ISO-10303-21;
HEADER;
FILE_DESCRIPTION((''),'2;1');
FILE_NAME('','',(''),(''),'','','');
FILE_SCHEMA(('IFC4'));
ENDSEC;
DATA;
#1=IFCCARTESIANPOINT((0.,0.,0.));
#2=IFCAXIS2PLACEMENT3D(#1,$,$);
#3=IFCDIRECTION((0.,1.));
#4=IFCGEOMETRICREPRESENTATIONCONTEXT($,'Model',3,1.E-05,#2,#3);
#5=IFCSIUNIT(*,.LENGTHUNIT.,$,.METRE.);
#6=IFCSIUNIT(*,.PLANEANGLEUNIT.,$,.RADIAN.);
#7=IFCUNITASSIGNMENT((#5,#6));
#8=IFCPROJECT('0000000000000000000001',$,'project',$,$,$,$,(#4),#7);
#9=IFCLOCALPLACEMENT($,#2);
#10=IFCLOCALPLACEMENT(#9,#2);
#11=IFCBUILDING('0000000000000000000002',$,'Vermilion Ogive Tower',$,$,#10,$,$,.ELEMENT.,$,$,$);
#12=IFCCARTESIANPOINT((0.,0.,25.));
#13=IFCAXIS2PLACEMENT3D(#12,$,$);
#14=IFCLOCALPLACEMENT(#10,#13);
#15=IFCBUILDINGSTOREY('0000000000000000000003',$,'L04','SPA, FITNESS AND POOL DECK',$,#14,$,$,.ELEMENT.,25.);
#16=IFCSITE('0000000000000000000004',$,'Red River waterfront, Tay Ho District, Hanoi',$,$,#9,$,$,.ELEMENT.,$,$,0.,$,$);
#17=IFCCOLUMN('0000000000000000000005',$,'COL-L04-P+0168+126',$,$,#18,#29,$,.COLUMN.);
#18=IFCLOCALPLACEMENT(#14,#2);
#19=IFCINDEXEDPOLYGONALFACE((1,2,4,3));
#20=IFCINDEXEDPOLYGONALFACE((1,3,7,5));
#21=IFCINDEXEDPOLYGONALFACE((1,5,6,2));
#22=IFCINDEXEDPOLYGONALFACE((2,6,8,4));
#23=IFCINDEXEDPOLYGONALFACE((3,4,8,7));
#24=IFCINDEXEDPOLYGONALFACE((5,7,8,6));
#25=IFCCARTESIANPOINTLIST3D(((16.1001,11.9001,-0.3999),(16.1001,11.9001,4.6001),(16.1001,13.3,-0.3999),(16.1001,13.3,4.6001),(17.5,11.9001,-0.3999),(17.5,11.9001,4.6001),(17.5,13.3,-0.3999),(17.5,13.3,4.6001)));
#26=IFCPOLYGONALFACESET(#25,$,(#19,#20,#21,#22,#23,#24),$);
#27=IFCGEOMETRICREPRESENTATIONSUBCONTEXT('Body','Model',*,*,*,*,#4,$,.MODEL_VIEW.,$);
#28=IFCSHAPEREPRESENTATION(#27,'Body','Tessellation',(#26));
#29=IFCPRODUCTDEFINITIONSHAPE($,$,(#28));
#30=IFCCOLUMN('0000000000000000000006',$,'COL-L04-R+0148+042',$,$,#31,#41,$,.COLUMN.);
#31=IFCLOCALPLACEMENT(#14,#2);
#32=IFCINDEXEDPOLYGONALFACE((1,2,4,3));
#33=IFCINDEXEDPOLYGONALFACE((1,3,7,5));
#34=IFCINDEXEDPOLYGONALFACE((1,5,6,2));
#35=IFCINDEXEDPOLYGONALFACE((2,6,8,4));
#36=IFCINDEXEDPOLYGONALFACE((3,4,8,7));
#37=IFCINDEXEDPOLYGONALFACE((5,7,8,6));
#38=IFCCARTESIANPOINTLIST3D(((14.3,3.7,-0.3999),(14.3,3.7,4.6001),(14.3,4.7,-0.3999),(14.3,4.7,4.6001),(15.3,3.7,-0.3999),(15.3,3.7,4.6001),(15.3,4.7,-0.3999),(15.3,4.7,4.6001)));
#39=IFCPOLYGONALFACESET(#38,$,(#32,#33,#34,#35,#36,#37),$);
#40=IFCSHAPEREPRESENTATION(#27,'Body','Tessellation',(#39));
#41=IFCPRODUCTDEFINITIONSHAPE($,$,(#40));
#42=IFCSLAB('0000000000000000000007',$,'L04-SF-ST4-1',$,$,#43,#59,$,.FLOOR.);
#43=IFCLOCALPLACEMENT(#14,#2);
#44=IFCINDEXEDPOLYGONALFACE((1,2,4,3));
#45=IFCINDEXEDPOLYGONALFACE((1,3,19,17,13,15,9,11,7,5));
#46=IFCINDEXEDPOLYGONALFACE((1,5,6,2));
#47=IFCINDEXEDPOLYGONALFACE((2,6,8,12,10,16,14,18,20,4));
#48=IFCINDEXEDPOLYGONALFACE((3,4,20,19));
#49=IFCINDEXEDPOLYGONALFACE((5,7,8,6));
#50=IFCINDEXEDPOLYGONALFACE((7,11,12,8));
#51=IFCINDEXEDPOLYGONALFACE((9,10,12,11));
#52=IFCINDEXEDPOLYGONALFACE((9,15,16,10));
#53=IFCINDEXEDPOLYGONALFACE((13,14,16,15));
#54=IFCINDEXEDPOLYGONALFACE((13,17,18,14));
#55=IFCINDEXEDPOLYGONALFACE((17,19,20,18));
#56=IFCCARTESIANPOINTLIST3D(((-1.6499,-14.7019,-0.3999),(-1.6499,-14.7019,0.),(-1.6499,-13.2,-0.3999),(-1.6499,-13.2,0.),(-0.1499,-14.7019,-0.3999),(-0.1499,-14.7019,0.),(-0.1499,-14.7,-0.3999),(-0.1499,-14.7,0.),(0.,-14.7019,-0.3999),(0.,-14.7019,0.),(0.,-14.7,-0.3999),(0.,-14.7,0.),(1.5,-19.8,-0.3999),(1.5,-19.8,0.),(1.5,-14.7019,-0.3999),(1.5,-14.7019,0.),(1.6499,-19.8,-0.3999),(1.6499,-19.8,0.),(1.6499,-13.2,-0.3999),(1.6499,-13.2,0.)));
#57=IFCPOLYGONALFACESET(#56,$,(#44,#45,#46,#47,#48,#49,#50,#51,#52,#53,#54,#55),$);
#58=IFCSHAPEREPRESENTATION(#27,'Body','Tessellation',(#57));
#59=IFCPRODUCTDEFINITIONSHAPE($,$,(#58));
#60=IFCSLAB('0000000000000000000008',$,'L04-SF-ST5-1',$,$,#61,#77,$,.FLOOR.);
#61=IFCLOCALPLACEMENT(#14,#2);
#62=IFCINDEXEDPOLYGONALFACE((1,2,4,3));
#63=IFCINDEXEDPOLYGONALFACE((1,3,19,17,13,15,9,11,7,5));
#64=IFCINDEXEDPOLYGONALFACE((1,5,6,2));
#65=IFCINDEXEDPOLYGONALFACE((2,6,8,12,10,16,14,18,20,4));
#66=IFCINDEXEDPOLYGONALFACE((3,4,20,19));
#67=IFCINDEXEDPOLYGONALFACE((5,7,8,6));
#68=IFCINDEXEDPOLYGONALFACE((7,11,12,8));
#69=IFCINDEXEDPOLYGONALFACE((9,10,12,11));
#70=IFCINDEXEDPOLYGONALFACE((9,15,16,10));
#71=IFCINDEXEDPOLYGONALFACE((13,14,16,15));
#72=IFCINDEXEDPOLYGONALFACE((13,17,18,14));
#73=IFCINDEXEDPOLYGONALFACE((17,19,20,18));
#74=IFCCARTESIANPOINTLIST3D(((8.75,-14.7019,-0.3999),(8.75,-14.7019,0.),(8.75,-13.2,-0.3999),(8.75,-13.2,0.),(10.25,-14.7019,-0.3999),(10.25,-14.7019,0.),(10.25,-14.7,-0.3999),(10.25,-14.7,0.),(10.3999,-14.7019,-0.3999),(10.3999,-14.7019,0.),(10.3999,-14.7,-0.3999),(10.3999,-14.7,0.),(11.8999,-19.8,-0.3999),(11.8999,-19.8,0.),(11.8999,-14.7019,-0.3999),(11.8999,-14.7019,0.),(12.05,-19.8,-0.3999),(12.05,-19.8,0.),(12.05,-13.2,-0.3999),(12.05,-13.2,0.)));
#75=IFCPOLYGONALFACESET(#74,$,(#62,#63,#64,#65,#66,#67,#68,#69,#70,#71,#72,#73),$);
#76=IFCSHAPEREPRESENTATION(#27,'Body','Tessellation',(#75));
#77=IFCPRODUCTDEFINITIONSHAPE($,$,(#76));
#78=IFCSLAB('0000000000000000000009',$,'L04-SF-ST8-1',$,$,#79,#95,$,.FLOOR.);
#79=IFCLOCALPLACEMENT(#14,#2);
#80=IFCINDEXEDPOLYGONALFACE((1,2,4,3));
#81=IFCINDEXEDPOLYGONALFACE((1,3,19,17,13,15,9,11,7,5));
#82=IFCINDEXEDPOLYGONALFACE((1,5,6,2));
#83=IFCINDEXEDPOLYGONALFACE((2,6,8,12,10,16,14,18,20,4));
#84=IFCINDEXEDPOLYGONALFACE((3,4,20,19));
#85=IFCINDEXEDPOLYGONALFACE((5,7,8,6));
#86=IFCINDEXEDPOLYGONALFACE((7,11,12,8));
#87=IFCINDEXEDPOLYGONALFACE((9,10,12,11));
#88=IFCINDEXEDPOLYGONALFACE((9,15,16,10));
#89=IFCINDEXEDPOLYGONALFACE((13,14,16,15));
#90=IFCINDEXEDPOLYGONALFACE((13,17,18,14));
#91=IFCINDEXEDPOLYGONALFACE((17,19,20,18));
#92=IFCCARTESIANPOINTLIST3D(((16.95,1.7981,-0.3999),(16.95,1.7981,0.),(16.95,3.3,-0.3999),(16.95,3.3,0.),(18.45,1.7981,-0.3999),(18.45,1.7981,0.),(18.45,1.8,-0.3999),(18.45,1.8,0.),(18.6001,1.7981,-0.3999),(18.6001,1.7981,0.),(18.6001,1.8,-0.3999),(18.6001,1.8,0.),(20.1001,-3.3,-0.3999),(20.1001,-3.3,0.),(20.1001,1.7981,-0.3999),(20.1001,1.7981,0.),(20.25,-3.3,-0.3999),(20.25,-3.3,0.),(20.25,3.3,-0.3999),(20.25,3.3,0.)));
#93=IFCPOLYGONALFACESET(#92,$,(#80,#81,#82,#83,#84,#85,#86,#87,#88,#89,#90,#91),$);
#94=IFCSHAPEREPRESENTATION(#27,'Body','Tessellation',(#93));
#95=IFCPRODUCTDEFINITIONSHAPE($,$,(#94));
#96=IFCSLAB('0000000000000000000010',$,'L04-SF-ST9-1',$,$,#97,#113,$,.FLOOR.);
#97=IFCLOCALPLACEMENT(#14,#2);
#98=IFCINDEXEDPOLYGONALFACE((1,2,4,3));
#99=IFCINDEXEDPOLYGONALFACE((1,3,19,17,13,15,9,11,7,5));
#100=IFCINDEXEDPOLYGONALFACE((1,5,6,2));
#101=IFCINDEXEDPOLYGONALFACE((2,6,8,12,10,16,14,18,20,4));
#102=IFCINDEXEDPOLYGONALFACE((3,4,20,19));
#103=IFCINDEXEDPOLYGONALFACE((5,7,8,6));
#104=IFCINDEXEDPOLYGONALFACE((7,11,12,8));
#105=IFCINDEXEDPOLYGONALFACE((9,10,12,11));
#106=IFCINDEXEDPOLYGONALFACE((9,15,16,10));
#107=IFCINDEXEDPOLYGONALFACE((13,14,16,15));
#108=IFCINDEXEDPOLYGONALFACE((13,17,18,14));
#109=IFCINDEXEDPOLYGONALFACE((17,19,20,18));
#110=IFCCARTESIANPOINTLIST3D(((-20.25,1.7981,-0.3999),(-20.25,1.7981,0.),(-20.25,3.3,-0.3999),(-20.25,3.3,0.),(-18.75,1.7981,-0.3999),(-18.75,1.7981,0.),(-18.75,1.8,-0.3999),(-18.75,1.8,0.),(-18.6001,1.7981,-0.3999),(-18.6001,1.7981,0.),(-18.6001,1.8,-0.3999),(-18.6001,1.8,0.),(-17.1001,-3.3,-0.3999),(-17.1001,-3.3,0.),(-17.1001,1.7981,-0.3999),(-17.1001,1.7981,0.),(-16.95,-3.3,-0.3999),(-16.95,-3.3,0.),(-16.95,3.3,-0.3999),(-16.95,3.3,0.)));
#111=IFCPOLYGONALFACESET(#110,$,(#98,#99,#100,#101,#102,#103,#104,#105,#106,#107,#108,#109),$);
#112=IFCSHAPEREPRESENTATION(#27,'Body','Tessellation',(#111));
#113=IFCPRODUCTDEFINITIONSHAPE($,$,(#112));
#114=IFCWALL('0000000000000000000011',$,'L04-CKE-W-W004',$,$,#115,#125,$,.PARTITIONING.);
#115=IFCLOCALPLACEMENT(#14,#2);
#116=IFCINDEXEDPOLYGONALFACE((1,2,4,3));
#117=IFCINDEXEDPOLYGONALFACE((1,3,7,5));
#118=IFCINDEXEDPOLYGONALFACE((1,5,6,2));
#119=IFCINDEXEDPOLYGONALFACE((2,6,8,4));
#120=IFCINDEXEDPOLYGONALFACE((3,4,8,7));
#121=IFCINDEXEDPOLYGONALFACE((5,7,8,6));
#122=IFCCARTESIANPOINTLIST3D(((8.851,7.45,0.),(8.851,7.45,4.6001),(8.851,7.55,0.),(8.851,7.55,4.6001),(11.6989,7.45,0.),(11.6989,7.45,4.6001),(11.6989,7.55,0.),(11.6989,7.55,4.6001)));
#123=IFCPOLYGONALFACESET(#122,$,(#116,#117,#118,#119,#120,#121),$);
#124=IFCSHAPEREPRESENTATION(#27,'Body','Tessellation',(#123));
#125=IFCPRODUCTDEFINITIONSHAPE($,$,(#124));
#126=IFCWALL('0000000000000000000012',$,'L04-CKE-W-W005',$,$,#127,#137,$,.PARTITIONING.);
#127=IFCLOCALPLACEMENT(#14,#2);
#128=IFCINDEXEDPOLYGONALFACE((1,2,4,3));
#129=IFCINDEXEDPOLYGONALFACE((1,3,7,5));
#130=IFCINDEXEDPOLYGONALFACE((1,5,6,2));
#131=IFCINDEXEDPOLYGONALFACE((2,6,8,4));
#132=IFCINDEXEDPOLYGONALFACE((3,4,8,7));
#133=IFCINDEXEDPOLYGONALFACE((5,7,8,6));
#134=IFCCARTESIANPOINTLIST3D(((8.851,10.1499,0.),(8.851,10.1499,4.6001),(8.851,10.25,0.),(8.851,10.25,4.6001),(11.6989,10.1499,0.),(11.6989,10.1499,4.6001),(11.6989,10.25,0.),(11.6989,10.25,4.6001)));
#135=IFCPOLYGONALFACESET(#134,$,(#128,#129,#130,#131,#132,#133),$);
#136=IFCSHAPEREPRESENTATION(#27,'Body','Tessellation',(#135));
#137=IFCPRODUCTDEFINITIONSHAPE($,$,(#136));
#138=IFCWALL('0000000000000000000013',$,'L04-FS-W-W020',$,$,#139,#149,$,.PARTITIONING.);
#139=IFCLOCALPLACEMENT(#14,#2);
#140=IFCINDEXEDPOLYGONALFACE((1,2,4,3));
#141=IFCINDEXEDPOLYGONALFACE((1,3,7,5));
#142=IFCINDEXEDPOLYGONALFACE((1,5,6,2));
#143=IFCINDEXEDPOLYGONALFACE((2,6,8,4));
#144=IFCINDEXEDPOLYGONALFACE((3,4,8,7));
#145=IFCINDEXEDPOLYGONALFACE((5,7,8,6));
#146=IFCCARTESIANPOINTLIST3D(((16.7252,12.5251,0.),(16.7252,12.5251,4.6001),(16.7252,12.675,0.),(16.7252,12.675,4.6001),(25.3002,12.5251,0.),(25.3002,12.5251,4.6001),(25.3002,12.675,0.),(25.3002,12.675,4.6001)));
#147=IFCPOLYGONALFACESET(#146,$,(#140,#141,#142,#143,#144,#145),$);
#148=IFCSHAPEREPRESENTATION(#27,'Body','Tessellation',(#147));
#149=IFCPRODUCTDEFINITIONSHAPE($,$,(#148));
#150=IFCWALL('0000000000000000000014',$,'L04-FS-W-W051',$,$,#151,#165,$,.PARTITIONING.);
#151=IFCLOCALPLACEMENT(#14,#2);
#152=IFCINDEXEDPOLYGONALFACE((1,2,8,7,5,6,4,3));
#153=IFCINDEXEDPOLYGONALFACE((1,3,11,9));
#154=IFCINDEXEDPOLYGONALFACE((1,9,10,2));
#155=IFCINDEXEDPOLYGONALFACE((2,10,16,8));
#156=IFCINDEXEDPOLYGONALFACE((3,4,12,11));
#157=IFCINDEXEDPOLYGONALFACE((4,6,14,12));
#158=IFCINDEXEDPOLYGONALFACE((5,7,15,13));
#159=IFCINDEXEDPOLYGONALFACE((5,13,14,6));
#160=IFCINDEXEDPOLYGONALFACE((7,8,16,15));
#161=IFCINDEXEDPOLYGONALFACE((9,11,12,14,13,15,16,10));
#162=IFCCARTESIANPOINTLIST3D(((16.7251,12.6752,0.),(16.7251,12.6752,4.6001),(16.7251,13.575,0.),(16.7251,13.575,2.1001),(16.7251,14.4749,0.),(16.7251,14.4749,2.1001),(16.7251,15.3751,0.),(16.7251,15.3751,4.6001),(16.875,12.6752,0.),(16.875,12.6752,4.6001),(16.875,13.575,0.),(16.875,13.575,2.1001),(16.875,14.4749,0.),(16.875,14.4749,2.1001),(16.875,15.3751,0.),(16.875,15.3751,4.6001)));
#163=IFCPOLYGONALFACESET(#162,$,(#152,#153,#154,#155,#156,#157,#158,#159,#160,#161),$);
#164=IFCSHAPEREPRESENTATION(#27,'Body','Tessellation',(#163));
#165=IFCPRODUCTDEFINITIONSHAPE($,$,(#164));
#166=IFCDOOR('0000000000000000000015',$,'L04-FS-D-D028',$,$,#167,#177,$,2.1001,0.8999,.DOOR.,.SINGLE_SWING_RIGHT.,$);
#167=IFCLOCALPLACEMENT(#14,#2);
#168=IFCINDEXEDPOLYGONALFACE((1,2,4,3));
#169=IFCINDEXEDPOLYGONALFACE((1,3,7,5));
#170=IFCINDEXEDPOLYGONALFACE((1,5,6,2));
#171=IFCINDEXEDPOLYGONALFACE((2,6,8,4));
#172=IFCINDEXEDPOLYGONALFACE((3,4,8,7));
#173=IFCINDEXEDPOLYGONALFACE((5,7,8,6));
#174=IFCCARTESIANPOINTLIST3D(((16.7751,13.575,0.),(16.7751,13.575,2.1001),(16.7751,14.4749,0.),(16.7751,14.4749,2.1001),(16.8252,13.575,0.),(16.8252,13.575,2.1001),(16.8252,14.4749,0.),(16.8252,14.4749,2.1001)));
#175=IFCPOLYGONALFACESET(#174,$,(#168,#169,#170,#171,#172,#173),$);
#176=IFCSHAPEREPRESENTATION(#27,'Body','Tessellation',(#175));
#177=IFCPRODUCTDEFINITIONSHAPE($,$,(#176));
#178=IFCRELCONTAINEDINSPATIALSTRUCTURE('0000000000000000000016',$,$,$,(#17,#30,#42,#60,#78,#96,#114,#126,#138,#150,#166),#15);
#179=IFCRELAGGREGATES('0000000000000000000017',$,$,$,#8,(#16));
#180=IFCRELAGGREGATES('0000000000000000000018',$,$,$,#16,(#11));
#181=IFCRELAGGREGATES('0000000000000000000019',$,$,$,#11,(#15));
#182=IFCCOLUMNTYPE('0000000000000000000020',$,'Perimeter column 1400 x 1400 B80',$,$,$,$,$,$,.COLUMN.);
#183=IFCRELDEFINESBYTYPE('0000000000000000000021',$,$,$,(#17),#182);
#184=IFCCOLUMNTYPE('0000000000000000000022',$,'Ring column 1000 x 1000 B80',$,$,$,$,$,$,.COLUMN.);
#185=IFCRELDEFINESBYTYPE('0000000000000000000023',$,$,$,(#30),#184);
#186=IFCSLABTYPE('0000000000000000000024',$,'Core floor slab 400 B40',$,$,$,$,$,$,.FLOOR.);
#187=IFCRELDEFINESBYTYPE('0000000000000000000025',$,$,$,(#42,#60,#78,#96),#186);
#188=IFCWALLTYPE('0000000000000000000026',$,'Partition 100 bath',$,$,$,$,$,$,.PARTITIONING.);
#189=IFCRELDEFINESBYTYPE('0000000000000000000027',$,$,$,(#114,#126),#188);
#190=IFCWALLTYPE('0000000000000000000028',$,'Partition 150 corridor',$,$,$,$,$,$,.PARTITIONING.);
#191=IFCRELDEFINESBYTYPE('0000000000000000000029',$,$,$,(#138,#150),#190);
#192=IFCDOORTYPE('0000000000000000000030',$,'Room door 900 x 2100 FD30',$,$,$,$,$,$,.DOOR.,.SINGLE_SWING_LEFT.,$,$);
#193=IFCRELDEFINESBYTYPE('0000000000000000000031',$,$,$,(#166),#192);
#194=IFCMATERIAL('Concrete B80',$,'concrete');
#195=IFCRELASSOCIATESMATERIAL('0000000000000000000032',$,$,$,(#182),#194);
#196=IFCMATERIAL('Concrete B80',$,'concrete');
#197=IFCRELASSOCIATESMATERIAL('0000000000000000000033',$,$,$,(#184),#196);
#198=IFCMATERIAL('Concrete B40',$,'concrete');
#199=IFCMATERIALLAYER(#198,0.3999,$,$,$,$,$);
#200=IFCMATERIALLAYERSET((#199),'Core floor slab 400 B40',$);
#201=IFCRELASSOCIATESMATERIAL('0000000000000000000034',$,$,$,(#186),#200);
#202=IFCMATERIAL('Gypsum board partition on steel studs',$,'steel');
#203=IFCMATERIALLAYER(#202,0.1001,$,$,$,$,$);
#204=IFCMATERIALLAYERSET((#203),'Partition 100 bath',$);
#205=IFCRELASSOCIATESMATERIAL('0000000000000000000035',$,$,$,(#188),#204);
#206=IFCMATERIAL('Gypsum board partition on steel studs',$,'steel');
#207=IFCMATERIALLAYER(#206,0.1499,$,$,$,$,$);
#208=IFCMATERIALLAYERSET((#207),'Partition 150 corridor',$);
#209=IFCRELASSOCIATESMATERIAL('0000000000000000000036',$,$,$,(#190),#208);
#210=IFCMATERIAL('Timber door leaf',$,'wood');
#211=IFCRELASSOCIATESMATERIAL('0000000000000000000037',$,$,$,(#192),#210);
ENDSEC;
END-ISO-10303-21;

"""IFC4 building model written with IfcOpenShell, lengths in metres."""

from ifc_helpers import new_model, si_unit, direction, frame, frame_2d, origin, origin_2d, place, context, subcontext, project, spatial, polyline, rectangle, outline, extrude, material, layer, layer_set, material_profile, profile_set, type_object, element, fill, save


model = new_model("IFC4")

# Units and contexts
model_context = context("Model", 3, precision=1e-05, world=origin(), true_north=direction((0.0, 1.0)))
body_context = subcontext(model_context, "Body", "Model", "MODEL_VIEW")
ifc_project = project(units=[si_unit("LENGTHUNIT", "METRE"), si_unit("PLANEANGLEUNIT", "RADIAN")], contexts=[model_context])

# Site, building, storey
site_placement = place(None, origin())
site = spatial("IfcSite", under=ifc_project, at=site_placement, Name="Red River waterfront, Tay Ho District, Hanoi", CompositionType="ELEMENT", RefElevation=0.0)
building_placement = place(site_placement, origin())
building = spatial("IfcBuilding", under=site, at=building_placement, Name="Vermilion Ogive Tower", CompositionType="ELEMENT")
storey_placement = place(building_placement, frame((0.0, 0.0, 25.0)))
storey = spatial("IfcBuildingStorey", under=building, at=storey_placement, Name="L04", Description="SPA, FITNESS AND POOL DECK", CompositionType="ELEMENT", Elevation=25.0)

# Columns
ifc_material_1 = material(Name="Concrete B80", Category="concrete")
ifc_material_profile_1 = material_profile(ifc_material_1, rectangle(XDim=1.3999, YDim=1.3999, at=origin_2d()), Name="1400 x 1400")
ifc_profile_set_1 = profile_set([ifc_material_profile_1], Name="Concrete B80")
column_type_1 = type_object("IfcColumnType", Name="Perimeter column 1400 x 1400 B80", PredefinedType="COLUMN", material=ifc_profile_set_1)
column_1_placement = place(storey_placement, frame((16.8, 12.6001, -0.3999), z_axis=(0.0, 0.0, 1.0), x_axis=(1.0, 0.0, 0.0)))
element("IfcColumn", 1, at=column_1_placement, inside=storey, type_object=column_type_1, Name="COL-L04-P+0168+126", PredefinedType="COLUMN", context=body_context, shape_type="SweptSolid", body=[
    extrude(rectangle(XDim=1.3999, YDim=1.3999, at=origin_2d()), origin(), (0.0, 0.0, 1.0), 5.0),
])
ifc_material_2 = material(Name="Concrete B80", Category="concrete")
ifc_material_profile_2 = material_profile(ifc_material_2, rectangle(XDim=1.0, YDim=1.0, at=origin_2d()), Name="1000 x 1000")
ifc_profile_set_2 = profile_set([ifc_material_profile_2], Name="Concrete B80")
column_type_2 = type_object("IfcColumnType", Name="Ring column 1000 x 1000 B80", PredefinedType="COLUMN", material=ifc_profile_set_2)
column_2_placement = place(storey_placement, frame((14.8, 4.2, -0.3999), z_axis=(0.0, 0.0, 1.0), x_axis=(1.0, 0.0, 0.0)))
element("IfcColumn", 2, at=column_2_placement, inside=storey, type_object=column_type_2, Name="COL-L04-R+0148+042", PredefinedType="COLUMN", context=body_context, shape_type="SweptSolid", body=[
    extrude(rectangle(XDim=1.0, YDim=1.0, at=origin_2d()), origin(), (0.0, 0.0, 1.0), 5.0),
])

# Slabs
ifc_material_3 = material(Name="Concrete B40", Category="concrete")
ifc_layer_1 = layer(ifc_material_3, 0.3999)
ifc_layer_set_1 = layer_set([ifc_layer_1], Name="Core floor slab 400 B40")
slab_type = type_object("IfcSlabType", Name="Core floor slab 400 B40", PredefinedType="FLOOR", material=ifc_layer_set_1)
slab_1_placement = place(storey_placement, frame((0.0, 0.0, -0.3999)))
element("IfcSlab", 3, at=slab_1_placement, inside=storey, type_object=slab_type, Name="L04-SF-ST4-1", PredefinedType="FLOOR", context=body_context, shape_type="SweptSolid", body=[
    extrude(outline(polyline([(-1.6499, -13.2), (-1.6499, -14.7019), (-0.1499, -14.7019), (-0.1499, -14.7), (0.0, -14.7), (0.0, -14.7019), (1.5, -14.7019), (1.5, -19.8), (1.6499, -19.8), (1.6499, -13.2), (-1.6499, -13.2)])), origin(), (0.0, 0.0, 1.0), 0.3999),
])
slab_2_placement = place(storey_placement, frame((0.0, 0.0, -0.3999)))
element("IfcSlab", 4, at=slab_2_placement, inside=storey, type_object=slab_type, Name="L04-SF-ST5-1", PredefinedType="FLOOR", context=body_context, shape_type="SweptSolid", body=[
    extrude(outline(polyline([(8.75, -13.2), (8.75, -14.7019), (10.25, -14.7019), (10.25, -14.7), (10.3999, -14.7), (10.3999, -14.7019), (11.8999, -14.7019), (11.8999, -19.8), (12.05, -19.8), (12.05, -13.2), (8.75, -13.2)])), origin(), (0.0, 0.0, 1.0), 0.3999),
])
slab_3_placement = place(storey_placement, frame((0.0, 0.0, -0.3999)))
element("IfcSlab", 5, at=slab_3_placement, inside=storey, type_object=slab_type, Name="L04-SF-ST8-1", PredefinedType="FLOOR", context=body_context, shape_type="SweptSolid", body=[
    extrude(outline(polyline([(16.95, 3.3), (16.95, 1.7981), (18.45, 1.7981), (18.45, 1.8), (18.6001, 1.8), (18.6001, 1.7981), (20.1001, 1.7981), (20.1001, -3.3), (20.25, -3.3), (20.25, 3.3), (16.95, 3.3)])), origin(), (0.0, 0.0, 1.0), 0.3999),
])
slab_4_placement = place(storey_placement, frame((0.0, 0.0, -0.3999)))
element("IfcSlab", 6, at=slab_4_placement, inside=storey, type_object=slab_type, Name="L04-SF-ST9-1", PredefinedType="FLOOR", context=body_context, shape_type="SweptSolid", body=[
    extrude(outline(polyline([(-20.25, 3.3), (-20.25, 1.7981), (-18.75, 1.7981), (-18.75, 1.8), (-18.6001, 1.8), (-18.6001, 1.7981), (-17.1001, 1.7981), (-17.1001, -3.3), (-16.95, -3.3), (-16.95, 3.3), (-20.25, 3.3)])), origin(), (0.0, 0.0, 1.0), 0.3999),
])

# Walls
ifc_material_4 = material(Name="Gypsum board partition on steel studs", Category="steel")
ifc_layer_2 = layer(ifc_material_4, 0.1001)
ifc_layer_set_2 = layer_set([ifc_layer_2], Name="Partition 100 bath")
wall_type_1 = type_object("IfcWallType", Name="Partition 100 bath", PredefinedType="PARTITIONING", material=ifc_layer_set_2)
for number, where, z_axis, x_axis, name in (
    (7, (8.8511, 7.5, 0.0), (0.0, 0.0, 1.0), (1.0, 0.0, 0.0), "L04-CKE-W-W004"),
    (8, (8.8511, 10.2, 0.0), (0.0, 0.0, 1.0), (1.0, 0.0, 0.0), "L04-CKE-W-W005"),
):
    element("IfcWall", number, at=place(storey_placement, frame(where, z_axis=z_axis, x_axis=x_axis)), inside=storey, type_object=wall_type_1, Name=name, PredefinedType="PARTITIONING", context=body_context, shape_type="SweptSolid", body=[
        extrude(rectangle(XDim=2.8479, YDim=0.1001, at=frame_2d((1.4238, 0.0))), origin(), (0.0, 0.0, 1.0), 4.6001),
    ])
ifc_material_5 = material(Name="Gypsum board partition on steel studs", Category="steel")
ifc_layer_3 = layer(ifc_material_5, 0.1499)
ifc_layer_set_3 = layer_set([ifc_layer_3], Name="Partition 150 corridor")
wall_type_2 = type_object("IfcWallType", Name="Partition 150 corridor", PredefinedType="PARTITIONING", material=ifc_layer_set_3)
wall_1_placement = place(storey_placement, frame((16.7251, 12.6001, 0.0), z_axis=(0.0, 0.0, 1.0), x_axis=(1.0, 0.0, 0.0)))
element("IfcWall", 9, at=wall_1_placement, inside=storey, type_object=wall_type_2, Name="L04-FS-W-W020", PredefinedType="PARTITIONING", context=body_context, shape_type="SweptSolid", body=[
    extrude(rectangle(XDim=8.575, YDim=0.1499, at=frame_2d((4.2876, 0.0))), origin(), (0.0, 0.0, 1.0), 4.6001),
])

# Wall, opening, door
wall_2_placement = place(storey_placement, frame((16.8, 12.675, 0.0), z_axis=(0.0, 0.0, 1.0), x_axis=(0.0, 1.0, 0.0)))
wall_2 = element("IfcWall", 10, at=wall_2_placement, inside=storey, type_object=wall_type_2, Name="L04-FS-W-W051", PredefinedType="PARTITIONING", context=body_context, shape_type="SweptSolid", body=[
    extrude(rectangle(XDim=2.7, YDim=0.1499, at=frame_2d((1.3501, 0.0))), origin(), (0.0, 0.0, 1.0), 4.6001),
])
opening_1_placement = place(wall_2_placement, frame((0.8999, 0.0, 0.0)))
opening_1 = element("IfcOpeningElement", 11, at=opening_1_placement, cuts=wall_2, PredefinedType="OPENING", context=body_context, shape_type="SweptSolid", body=[
    extrude(rectangle(XDim=0.8999, YDim=2.1001, at=frame_2d((0.45, 1.05))), frame((0.0, 0.085, 0.0), z_axis=(0.0, -1.0, 0.0), x_axis=(1.0, 0.0, 0.0)), (0.0, 0.0, 1.0), 0.1699),
])
ifc_material_6 = material(Name="Timber door leaf", Category="wood")
door_type_1 = type_object("IfcDoorType", Name="Room door 900 x 2100 FD30", OperationType="SINGLE_SWING_LEFT", PredefinedType="DOOR", material=ifc_material_6)
door_1_placement = place(opening_1_placement, origin())
door_1 = element("IfcDoor", 12, at=door_1_placement, inside=storey, type_object=door_type_1, Name="L04-FS-D-D028", OperationType="SINGLE_SWING_RIGHT", OverallHeight=2.1001, OverallWidth=0.8999, PredefinedType="DOOR", context=body_context, shape_type="SweptSolid", body=[
    extrude(rectangle(XDim=0.8999, YDim=2.1001, at=frame_2d((0.45, 1.05))), frame((0.0, 0.0249, 0.0), z_axis=(0.0, -1.0, 0.0), x_axis=(1.0, 0.0, 0.0)), (0.0, 0.0, 1.0), 0.05),
])
fill(opening_1, door_1)

save(model, "model.ifc")
